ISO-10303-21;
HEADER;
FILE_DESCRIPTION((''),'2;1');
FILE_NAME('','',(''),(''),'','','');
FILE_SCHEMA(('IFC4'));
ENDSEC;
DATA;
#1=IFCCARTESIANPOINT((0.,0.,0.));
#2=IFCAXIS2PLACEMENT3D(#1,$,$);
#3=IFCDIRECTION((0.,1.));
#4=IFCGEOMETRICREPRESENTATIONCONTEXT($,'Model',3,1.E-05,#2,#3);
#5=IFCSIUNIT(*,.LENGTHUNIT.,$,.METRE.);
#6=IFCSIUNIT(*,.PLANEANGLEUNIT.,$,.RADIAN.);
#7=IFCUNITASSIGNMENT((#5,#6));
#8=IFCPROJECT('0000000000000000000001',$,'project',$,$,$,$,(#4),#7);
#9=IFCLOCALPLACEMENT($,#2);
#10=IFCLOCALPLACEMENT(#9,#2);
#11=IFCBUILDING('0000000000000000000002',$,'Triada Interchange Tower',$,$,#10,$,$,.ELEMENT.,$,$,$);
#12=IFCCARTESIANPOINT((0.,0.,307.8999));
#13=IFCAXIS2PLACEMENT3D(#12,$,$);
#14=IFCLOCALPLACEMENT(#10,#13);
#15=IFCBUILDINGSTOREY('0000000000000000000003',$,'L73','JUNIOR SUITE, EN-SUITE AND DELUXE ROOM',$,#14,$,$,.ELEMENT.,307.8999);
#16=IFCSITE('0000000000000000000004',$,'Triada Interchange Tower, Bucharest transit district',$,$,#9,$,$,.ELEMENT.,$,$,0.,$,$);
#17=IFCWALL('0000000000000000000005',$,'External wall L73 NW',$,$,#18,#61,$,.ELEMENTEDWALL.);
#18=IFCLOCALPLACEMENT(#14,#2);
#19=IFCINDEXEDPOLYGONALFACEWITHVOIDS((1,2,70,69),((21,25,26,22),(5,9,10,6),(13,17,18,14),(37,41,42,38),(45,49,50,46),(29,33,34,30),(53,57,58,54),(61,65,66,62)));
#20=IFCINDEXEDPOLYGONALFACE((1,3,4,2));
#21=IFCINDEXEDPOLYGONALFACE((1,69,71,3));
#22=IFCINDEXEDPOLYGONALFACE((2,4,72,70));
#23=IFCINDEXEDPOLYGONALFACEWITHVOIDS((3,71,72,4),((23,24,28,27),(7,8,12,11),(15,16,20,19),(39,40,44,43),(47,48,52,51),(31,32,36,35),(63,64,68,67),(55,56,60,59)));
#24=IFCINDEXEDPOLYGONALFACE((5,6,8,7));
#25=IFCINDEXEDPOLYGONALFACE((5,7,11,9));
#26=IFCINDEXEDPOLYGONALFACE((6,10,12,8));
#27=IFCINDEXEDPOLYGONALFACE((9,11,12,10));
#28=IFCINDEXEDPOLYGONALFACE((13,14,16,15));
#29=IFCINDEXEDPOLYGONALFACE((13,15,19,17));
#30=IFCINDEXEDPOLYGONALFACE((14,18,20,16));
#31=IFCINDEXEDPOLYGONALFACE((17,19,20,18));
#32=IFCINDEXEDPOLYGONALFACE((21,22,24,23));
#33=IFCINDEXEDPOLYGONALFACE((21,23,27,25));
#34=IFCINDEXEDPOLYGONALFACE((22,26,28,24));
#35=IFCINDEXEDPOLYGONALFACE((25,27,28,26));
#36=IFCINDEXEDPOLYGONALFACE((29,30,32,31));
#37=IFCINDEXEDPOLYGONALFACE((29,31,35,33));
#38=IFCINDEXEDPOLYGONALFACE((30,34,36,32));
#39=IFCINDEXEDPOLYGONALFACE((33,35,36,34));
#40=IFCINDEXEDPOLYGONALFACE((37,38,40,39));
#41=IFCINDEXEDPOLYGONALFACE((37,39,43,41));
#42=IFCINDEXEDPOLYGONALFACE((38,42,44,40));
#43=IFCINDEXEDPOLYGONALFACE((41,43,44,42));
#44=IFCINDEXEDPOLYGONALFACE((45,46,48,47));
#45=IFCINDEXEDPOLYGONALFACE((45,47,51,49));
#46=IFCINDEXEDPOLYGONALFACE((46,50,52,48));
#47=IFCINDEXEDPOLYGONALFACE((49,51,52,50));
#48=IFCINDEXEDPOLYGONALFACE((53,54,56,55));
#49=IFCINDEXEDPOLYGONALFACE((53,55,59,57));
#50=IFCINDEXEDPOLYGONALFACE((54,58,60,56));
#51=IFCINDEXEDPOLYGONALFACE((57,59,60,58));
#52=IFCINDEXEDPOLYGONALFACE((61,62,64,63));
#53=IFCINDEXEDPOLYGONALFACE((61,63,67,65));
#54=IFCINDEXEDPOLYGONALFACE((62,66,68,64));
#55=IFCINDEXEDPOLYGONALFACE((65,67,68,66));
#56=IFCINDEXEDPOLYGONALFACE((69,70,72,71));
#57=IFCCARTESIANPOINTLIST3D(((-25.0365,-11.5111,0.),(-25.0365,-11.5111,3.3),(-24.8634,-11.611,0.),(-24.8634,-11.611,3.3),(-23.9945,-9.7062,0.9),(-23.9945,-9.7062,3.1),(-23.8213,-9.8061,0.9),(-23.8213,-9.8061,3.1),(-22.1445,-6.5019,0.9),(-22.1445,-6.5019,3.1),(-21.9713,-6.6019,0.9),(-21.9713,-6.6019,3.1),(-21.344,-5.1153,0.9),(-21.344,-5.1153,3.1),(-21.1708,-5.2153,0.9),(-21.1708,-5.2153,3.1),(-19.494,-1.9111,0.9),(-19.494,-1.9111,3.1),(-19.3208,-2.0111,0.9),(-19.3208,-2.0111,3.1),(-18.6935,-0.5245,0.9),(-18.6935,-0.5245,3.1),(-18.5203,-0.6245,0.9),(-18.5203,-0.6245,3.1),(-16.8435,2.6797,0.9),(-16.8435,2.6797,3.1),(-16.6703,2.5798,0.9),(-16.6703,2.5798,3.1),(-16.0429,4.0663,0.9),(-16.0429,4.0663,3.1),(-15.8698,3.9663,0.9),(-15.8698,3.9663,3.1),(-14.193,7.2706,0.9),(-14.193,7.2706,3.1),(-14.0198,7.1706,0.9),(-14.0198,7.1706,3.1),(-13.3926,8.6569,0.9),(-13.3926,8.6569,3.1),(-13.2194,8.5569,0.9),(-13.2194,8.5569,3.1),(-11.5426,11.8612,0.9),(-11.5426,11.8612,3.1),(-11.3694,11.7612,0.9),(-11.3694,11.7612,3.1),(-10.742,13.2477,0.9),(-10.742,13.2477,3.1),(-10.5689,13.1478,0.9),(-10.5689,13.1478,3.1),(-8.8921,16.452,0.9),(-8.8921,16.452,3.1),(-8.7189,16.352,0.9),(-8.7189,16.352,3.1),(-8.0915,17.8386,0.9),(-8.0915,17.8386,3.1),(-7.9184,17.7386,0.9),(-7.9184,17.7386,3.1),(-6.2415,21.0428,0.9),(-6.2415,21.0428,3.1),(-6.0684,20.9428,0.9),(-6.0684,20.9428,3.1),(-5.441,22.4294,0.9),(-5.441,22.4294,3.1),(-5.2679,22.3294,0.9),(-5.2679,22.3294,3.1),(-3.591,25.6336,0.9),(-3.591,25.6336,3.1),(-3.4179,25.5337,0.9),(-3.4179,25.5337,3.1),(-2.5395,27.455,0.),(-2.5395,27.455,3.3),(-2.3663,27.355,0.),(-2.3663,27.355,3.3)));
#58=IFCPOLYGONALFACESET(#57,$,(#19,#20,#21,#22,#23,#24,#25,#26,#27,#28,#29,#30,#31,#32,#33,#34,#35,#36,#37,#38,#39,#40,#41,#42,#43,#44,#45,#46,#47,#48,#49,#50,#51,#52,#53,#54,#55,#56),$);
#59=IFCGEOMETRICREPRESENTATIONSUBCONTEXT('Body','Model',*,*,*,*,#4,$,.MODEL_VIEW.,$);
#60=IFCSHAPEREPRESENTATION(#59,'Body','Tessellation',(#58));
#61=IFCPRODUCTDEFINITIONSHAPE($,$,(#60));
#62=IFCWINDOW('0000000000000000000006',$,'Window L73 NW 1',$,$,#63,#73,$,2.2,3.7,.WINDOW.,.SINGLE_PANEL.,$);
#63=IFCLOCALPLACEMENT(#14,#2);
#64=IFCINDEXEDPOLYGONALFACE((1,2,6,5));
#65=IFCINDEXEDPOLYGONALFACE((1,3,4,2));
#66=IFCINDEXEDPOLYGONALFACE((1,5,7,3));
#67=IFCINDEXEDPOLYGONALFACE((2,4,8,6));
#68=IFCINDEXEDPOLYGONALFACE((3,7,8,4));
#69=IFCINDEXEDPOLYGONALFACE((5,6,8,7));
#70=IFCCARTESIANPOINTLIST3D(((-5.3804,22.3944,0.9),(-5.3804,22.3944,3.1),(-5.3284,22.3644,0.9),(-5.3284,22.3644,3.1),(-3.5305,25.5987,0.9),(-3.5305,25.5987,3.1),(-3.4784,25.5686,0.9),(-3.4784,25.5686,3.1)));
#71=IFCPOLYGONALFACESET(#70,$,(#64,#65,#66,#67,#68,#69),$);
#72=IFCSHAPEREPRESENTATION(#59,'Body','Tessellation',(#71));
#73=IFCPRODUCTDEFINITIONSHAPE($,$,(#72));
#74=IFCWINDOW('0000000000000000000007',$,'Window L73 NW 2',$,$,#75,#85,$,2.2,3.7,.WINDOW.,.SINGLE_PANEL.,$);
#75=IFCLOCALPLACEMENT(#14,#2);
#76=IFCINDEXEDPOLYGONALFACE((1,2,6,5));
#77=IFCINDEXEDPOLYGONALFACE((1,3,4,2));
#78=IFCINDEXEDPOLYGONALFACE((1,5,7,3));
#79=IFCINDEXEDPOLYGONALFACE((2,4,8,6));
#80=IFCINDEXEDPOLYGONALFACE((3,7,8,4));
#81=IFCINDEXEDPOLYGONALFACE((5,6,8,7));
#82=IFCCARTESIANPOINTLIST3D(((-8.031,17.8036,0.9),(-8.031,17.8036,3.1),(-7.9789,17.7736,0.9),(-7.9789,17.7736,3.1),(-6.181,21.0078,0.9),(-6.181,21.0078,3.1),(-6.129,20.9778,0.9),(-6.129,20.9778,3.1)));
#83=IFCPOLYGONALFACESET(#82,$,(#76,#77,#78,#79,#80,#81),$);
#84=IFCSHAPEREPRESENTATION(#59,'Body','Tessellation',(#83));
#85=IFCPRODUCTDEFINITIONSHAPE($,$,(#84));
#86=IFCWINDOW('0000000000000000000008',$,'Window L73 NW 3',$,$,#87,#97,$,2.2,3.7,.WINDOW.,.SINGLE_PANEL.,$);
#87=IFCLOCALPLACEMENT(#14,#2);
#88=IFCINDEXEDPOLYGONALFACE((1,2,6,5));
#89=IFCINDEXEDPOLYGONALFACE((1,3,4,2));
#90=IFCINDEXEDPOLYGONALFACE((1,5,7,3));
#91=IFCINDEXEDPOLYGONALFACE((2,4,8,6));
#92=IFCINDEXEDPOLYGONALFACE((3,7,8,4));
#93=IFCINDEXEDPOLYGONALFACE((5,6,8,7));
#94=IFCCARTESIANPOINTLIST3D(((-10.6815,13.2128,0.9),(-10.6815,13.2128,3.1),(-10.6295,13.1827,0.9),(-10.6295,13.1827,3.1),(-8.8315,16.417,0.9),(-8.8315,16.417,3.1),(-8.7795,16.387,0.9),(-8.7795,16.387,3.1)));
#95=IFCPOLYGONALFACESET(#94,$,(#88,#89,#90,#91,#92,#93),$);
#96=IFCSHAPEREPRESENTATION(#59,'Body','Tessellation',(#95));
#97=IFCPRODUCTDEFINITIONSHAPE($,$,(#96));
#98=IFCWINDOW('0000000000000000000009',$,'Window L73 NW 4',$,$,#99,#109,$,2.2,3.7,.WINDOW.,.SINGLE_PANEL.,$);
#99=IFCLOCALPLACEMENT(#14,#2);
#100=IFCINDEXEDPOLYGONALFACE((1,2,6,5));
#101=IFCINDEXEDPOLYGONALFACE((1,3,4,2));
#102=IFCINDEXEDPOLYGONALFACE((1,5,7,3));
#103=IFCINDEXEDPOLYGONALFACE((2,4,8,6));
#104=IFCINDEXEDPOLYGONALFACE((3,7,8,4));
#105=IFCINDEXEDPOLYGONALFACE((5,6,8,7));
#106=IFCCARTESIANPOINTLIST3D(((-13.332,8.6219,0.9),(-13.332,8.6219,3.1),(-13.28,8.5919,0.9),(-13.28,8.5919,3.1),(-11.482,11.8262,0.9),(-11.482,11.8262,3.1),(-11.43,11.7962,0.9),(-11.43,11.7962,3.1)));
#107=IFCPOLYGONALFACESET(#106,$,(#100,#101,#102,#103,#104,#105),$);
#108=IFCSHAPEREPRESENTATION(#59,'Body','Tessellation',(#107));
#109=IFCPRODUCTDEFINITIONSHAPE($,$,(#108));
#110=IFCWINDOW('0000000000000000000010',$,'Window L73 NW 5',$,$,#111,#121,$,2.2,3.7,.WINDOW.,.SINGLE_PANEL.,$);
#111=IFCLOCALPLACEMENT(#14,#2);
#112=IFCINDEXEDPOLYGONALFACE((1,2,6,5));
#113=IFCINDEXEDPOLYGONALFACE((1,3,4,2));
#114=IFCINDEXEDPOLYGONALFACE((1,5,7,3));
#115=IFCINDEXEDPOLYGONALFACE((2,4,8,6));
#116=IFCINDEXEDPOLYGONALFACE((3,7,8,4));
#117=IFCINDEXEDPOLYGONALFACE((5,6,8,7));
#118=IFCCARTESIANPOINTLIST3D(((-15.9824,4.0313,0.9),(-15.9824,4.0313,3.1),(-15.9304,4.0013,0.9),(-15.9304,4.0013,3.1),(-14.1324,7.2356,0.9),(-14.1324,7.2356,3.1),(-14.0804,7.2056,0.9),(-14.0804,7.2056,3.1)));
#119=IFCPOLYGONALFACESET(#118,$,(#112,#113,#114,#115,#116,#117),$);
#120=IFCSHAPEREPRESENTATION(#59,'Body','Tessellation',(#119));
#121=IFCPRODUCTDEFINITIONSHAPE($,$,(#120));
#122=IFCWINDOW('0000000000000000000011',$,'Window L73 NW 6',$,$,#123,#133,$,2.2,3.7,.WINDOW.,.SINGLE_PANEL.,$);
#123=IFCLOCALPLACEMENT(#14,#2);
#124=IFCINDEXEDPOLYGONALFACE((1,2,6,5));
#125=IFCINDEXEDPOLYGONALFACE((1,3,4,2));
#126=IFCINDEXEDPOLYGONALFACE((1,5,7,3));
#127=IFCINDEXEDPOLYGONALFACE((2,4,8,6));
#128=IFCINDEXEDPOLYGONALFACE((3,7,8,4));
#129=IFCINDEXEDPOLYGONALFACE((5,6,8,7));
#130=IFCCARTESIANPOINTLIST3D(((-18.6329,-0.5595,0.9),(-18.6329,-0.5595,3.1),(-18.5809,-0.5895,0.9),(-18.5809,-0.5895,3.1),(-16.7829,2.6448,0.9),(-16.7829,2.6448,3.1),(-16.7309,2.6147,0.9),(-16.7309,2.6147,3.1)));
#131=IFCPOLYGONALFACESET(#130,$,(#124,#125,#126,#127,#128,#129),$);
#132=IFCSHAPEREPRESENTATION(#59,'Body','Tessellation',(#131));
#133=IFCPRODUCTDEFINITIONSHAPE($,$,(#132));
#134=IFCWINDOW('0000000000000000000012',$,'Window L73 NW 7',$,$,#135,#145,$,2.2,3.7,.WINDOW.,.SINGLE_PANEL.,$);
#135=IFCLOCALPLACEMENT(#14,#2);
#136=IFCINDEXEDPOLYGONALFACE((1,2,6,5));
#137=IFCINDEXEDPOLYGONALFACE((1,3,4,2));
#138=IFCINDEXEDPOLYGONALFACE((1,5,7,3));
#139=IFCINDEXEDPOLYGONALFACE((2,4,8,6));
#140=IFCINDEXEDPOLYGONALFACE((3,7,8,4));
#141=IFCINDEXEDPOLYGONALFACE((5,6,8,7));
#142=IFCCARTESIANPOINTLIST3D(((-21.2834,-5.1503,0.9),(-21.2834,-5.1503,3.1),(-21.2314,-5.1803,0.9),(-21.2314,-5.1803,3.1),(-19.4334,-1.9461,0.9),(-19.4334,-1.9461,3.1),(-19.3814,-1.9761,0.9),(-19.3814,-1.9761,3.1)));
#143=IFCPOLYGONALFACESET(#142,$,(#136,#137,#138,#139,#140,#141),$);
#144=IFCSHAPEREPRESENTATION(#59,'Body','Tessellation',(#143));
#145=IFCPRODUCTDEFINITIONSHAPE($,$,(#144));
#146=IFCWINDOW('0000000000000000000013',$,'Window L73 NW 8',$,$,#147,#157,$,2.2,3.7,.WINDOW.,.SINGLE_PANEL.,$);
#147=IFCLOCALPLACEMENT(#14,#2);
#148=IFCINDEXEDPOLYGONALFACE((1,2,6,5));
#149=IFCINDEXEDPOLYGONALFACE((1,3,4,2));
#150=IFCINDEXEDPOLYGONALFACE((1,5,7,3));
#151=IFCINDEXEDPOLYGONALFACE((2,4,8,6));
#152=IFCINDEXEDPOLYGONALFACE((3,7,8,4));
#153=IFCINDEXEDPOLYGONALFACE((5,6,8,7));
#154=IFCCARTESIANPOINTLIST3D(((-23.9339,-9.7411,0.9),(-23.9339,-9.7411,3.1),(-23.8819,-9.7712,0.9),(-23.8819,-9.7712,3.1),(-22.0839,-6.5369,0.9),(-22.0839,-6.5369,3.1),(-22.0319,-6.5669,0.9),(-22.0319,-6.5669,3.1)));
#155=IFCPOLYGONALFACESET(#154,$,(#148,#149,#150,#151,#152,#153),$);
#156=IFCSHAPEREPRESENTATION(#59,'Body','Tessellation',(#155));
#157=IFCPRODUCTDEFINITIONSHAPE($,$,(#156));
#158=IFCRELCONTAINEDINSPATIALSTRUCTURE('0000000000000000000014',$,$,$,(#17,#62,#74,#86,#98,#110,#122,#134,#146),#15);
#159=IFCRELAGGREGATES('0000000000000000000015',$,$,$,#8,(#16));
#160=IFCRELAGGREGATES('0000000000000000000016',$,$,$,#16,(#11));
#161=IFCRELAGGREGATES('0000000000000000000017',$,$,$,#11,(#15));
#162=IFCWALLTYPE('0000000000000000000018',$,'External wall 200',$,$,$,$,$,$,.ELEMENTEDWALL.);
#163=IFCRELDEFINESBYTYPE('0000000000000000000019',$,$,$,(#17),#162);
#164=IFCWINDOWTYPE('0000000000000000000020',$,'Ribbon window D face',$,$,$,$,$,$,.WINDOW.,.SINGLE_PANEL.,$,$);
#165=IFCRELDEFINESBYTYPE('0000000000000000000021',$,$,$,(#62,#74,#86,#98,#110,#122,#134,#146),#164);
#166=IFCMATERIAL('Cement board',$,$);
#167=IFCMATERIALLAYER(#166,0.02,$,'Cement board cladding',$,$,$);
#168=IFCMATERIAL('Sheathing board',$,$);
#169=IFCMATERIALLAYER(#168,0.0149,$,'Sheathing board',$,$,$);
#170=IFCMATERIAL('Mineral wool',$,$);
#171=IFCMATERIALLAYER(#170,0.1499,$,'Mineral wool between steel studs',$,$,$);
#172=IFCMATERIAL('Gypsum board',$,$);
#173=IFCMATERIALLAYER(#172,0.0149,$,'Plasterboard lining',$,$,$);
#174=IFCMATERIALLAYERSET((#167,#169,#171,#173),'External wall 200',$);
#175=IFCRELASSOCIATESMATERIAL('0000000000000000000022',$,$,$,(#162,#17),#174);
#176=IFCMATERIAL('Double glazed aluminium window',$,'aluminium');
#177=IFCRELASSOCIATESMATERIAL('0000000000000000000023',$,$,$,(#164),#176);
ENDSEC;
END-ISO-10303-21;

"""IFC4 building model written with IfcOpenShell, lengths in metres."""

from ifc_helpers import new_model, si_unit, direction, frame, frame_2d, origin, place, context, subcontext, project, spatial, rectangle, extrude, material, layer, layer_set, layer_usage, type_object, element, fill, save


model = new_model("IFC4")

# Units and contexts
model_context = context("Model", 3, precision=1e-05, world=origin(), true_north=direction((0.0, 1.0)))
body_context = subcontext(model_context, "Body", "Model", "MODEL_VIEW")
ifc_project = project(units=[si_unit("LENGTHUNIT", "METRE"), si_unit("PLANEANGLEUNIT", "RADIAN")], contexts=[model_context])

# Site, building, storey
site_placement = place(None, origin())
site = spatial("IfcSite", under=ifc_project, at=site_placement, Name="Triada Interchange Tower, Bucharest transit district", CompositionType="ELEMENT", RefElevation=0.0)
building_placement = place(site_placement, origin())
building = spatial("IfcBuilding", under=site, at=building_placement, Name="Triada Interchange Tower", CompositionType="ELEMENT")
storey_placement = place(building_placement, frame((0.0, 0.0, 307.8999)))
storey = spatial("IfcBuildingStorey", under=building, at=storey_placement, Name="L73", Description="JUNIOR SUITE, EN-SUITE AND DELUXE ROOM", CompositionType="ELEMENT", Elevation=307.8999)

# Wall, openings, windows
ifc_material_1 = material(Name="Cement board")
ifc_layer_1 = layer(ifc_material_1, 0.02, Name="Cement board cladding")
ifc_material_2 = material(Name="Sheathing board")
ifc_layer_2 = layer(ifc_material_2, 0.0149, Name="Sheathing board")
ifc_material_3 = material(Name="Mineral wool")
ifc_layer_3 = layer(ifc_material_3, 0.1499, Name="Mineral wool between steel studs")
ifc_material_4 = material(Name="Gypsum board")
ifc_layer_4 = layer(ifc_material_4, 0.0149, Name="Plasterboard lining")
ifc_layer_set_1 = layer_set([ifc_layer_1, ifc_layer_2, ifc_layer_3, ifc_layer_4], Name="External wall 200")
ifc_layer_usage = layer_usage(ifc_layer_set_1, "AXIS2", "POSITIVE", -0.1001)
wall_type_1 = type_object("IfcWallType", Name="External wall 200", PredefinedType="ELEMENTEDWALL", material=ifc_layer_set_1)
wall_1_placement = place(storey_placement, frame((-2.4529, 27.405, 0.0), z_axis=(0.0, 0.0, 1.0), x_axis=(-0.5, -0.866025, 0.0)))
wall_1 = element("IfcWall", 1, at=wall_1_placement, inside=storey, type_object=wall_type_1, material=ifc_layer_usage, Name="External wall L73 NW", PredefinedType="ELEMENTEDWALL", context=body_context, shape_type="SweptSolid", body=[
    extrude(rectangle(XDim=44.9941, YDim=0.2, at=frame_2d((22.4971, 0.0))), origin(), (0.0, 0.0, 1.0), 3.3),
])
opening_1_placement = place(wall_1_placement, frame((2.103, 0.0, 0.8999)))
opening_1 = element("IfcOpeningElement", 2, at=opening_1_placement, cuts=wall_1, PredefinedType="OPENING", context=body_context, shape_type="SweptSolid", body=[
    extrude(rectangle(XDim=3.7, YDim=2.2, at=frame_2d((1.8501, 1.1001))), frame((0.0, 0.1099, 0.0), z_axis=(0.0, -1.0, 0.0), x_axis=(1.0, 0.0, 0.0)), (0.0, 0.0, 1.0), 0.22),
])
opening_2_placement = place(wall_1_placement, frame((7.4041, 0.0, 0.8999)))
opening_2 = element("IfcOpeningElement", 3, at=opening_2_placement, cuts=wall_1, PredefinedType="OPENING", context=body_context, shape_type="SweptSolid", body=[
    extrude(rectangle(XDim=3.7, YDim=2.2, at=frame_2d((1.8501, 1.1001))), frame((0.0, 0.1099, 0.0), z_axis=(0.0, -1.0, 0.0), x_axis=(1.0, 0.0, 0.0)), (0.0, 0.0, 1.0), 0.22),
])
opening_3_placement = place(wall_1_placement, frame((12.7051, 0.0, 0.8999)))
opening_3 = element("IfcOpeningElement", 4, at=opening_3_placement, cuts=wall_1, PredefinedType="OPENING", context=body_context, shape_type="SweptSolid", body=[
    extrude(rectangle(XDim=3.7, YDim=2.2, at=frame_2d((1.8501, 1.1001))), frame((0.0, 0.1099, 0.0), z_axis=(0.0, -1.0, 0.0), x_axis=(1.0, 0.0, 0.0)), (0.0, 0.0, 1.0), 0.22),
])
opening_4_placement = place(wall_1_placement, frame((18.0061, 0.0, 0.8999)))
opening_4 = element("IfcOpeningElement", 5, at=opening_4_placement, cuts=wall_1, PredefinedType="OPENING", context=body_context, shape_type="SweptSolid", body=[
    extrude(rectangle(XDim=3.7, YDim=2.2, at=frame_2d((1.8501, 1.1001))), frame((0.0, 0.1099, 0.0), z_axis=(0.0, -1.0, 0.0), x_axis=(1.0, 0.0, 0.0)), (0.0, 0.0, 1.0), 0.22),
])
opening_5_placement = place(wall_1_placement, frame((23.3069, 0.0, 0.8999)))
opening_5 = element("IfcOpeningElement", 6, at=opening_5_placement, cuts=wall_1, PredefinedType="OPENING", context=body_context, shape_type="SweptSolid", body=[
    extrude(rectangle(XDim=3.7, YDim=2.2, at=frame_2d((1.8501, 1.1001))), frame((0.0, 0.1099, 0.0), z_axis=(0.0, -1.0, 0.0), x_axis=(1.0, 0.0, 0.0)), (0.0, 0.0, 1.0), 0.22),
])
opening_6_placement = place(wall_1_placement, frame((28.6079, 0.0, 0.8999)))
opening_6 = element("IfcOpeningElement", 7, at=opening_6_placement, cuts=wall_1, PredefinedType="OPENING", context=body_context, shape_type="SweptSolid", body=[
    extrude(rectangle(XDim=3.7, YDim=2.2, at=frame_2d((1.8501, 1.1001))), frame((0.0, 0.1099, 0.0), z_axis=(0.0, -1.0, 0.0), x_axis=(1.0, 0.0, 0.0)), (0.0, 0.0, 1.0), 0.22),
])
opening_7_placement = place(wall_1_placement, frame((33.9089, 0.0, 0.8999)))
opening_7 = element("IfcOpeningElement", 8, at=opening_7_placement, cuts=wall_1, PredefinedType="OPENING", context=body_context, shape_type="SweptSolid", body=[
    extrude(rectangle(XDim=3.7, YDim=2.2, at=frame_2d((1.8501, 1.1001))), frame((0.0, 0.1099, 0.0), z_axis=(0.0, -1.0, 0.0), x_axis=(1.0, 0.0, 0.0)), (0.0, 0.0, 1.0), 0.22),
])
opening_8_placement = place(wall_1_placement, frame((39.21, 0.0, 0.8999)))
opening_8 = element("IfcOpeningElement", 9, at=opening_8_placement, cuts=wall_1, PredefinedType="OPENING", context=body_context, shape_type="SweptSolid", body=[
    extrude(rectangle(XDim=3.7, YDim=2.2, at=frame_2d((1.8501, 1.1001))), frame((0.0, 0.1099, 0.0), z_axis=(0.0, -1.0, 0.0), x_axis=(1.0, 0.0, 0.0)), (0.0, 0.0, 1.0), 0.22),
])
ifc_material_5 = material(Name="Double glazed aluminium window", Category="aluminium")
window_type = type_object("IfcWindowType", Name="Ribbon window D face", PartitioningType="SINGLE_PANEL", PredefinedType="WINDOW", material=ifc_material_5)
window_1_placement = place(opening_1_placement, origin())
window_1 = element("IfcWindow", 10, at=window_1_placement, inside=storey, type_object=window_type, Name="Window L73 NW 1", OverallHeight=2.2, OverallWidth=3.7, PartitioningType="SINGLE_PANEL", PredefinedType="WINDOW", context=body_context, shape_type="SweptSolid", body=[
    extrude(rectangle(XDim=3.7, YDim=2.2, at=frame_2d((1.8501, 1.1001))), frame((0.0, 0.03, 0.0), z_axis=(0.0, -1.0, 0.0), x_axis=(1.0, 0.0, 0.0)), (0.0, 0.0, 1.0), 0.0601),
])
fill(opening_1, window_1)
window_2_placement = place(opening_2_placement, origin())
window_2 = element("IfcWindow", 11, at=window_2_placement, inside=storey, type_object=window_type, Name="Window L73 NW 2", OverallHeight=2.2, OverallWidth=3.7, PartitioningType="SINGLE_PANEL", PredefinedType="WINDOW", context=body_context, shape_type="SweptSolid", body=[
    extrude(rectangle(XDim=3.7, YDim=2.2, at=frame_2d((1.8501, 1.1001))), frame((0.0, 0.03, 0.0), z_axis=(0.0, -1.0, 0.0), x_axis=(1.0, 0.0, 0.0)), (0.0, 0.0, 1.0), 0.0601),
])
fill(opening_2, window_2)
window_3_placement = place(opening_3_placement, origin())
window_3 = element("IfcWindow", 12, at=window_3_placement, inside=storey, type_object=window_type, Name="Window L73 NW 3", OverallHeight=2.2, OverallWidth=3.7, PartitioningType="SINGLE_PANEL", PredefinedType="WINDOW", context=body_context, shape_type="SweptSolid", body=[
    extrude(rectangle(XDim=3.7, YDim=2.2, at=frame_2d((1.8501, 1.1001))), frame((0.0, 0.03, 0.0), z_axis=(0.0, -1.0, 0.0), x_axis=(1.0, 0.0, 0.0)), (0.0, 0.0, 1.0), 0.0601),
])
fill(opening_3, window_3)
window_4_placement = place(opening_4_placement, origin())
window_4 = element("IfcWindow", 13, at=window_4_placement, inside=storey, type_object=window_type, Name="Window L73 NW 4", OverallHeight=2.2, OverallWidth=3.7, PartitioningType="SINGLE_PANEL", PredefinedType="WINDOW", context=body_context, shape_type="SweptSolid", body=[
    extrude(rectangle(XDim=3.7, YDim=2.2, at=frame_2d((1.8501, 1.1001))), frame((0.0, 0.03, 0.0), z_axis=(0.0, -1.0, 0.0), x_axis=(1.0, 0.0, 0.0)), (0.0, 0.0, 1.0), 0.0601),
])
fill(opening_4, window_4)
window_5_placement = place(opening_5_placement, origin())
window_5 = element("IfcWindow", 14, at=window_5_placement, inside=storey, type_object=window_type, Name="Window L73 NW 5", OverallHeight=2.2, OverallWidth=3.7, PartitioningType="SINGLE_PANEL", PredefinedType="WINDOW", context=body_context, shape_type="SweptSolid", body=[
    extrude(rectangle(XDim=3.7, YDim=2.2, at=frame_2d((1.8501, 1.1001))), frame((0.0, 0.03, 0.0), z_axis=(0.0, -1.0, 0.0), x_axis=(1.0, 0.0, 0.0)), (0.0, 0.0, 1.0), 0.0601),
])
fill(opening_5, window_5)
window_6_placement = place(opening_6_placement, origin())
window_6 = element("IfcWindow", 15, at=window_6_placement, inside=storey, type_object=window_type, Name="Window L73 NW 6", OverallHeight=2.2, OverallWidth=3.7, PartitioningType="SINGLE_PANEL", PredefinedType="WINDOW", context=body_context, shape_type="SweptSolid", body=[
    extrude(rectangle(XDim=3.7, YDim=2.2, at=frame_2d((1.8501, 1.1001))), frame((0.0, 0.03, 0.0), z_axis=(0.0, -1.0, 0.0), x_axis=(1.0, 0.0, 0.0)), (0.0, 0.0, 1.0), 0.0601),
])
fill(opening_6, window_6)
window_7_placement = place(opening_7_placement, origin())
window_7 = element("IfcWindow", 16, at=window_7_placement, inside=storey, type_object=window_type, Name="Window L73 NW 7", OverallHeight=2.2, OverallWidth=3.7, PartitioningType="SINGLE_PANEL", PredefinedType="WINDOW", context=body_context, shape_type="SweptSolid", body=[
    extrude(rectangle(XDim=3.7, YDim=2.2, at=frame_2d((1.8501, 1.1001))), frame((0.0, 0.03, 0.0), z_axis=(0.0, -1.0, 0.0), x_axis=(1.0, 0.0, 0.0)), (0.0, 0.0, 1.0), 0.0601),
])
fill(opening_7, window_7)
window_8_placement = place(opening_8_placement, origin())
window_8 = element("IfcWindow", 17, at=window_8_placement, inside=storey, type_object=window_type, Name="Window L73 NW 8", OverallHeight=2.2, OverallWidth=3.7, PartitioningType="SINGLE_PANEL", PredefinedType="WINDOW", context=body_context, shape_type="SweptSolid", body=[
    extrude(rectangle(XDim=3.7, YDim=2.2, at=frame_2d((1.8501, 1.1001))), frame((0.0, 0.03, 0.0), z_axis=(0.0, -1.0, 0.0), x_axis=(1.0, 0.0, 0.0)), (0.0, 0.0, 1.0), 0.0601),
])
fill(opening_8, window_8)

save(model, "model.ifc")
